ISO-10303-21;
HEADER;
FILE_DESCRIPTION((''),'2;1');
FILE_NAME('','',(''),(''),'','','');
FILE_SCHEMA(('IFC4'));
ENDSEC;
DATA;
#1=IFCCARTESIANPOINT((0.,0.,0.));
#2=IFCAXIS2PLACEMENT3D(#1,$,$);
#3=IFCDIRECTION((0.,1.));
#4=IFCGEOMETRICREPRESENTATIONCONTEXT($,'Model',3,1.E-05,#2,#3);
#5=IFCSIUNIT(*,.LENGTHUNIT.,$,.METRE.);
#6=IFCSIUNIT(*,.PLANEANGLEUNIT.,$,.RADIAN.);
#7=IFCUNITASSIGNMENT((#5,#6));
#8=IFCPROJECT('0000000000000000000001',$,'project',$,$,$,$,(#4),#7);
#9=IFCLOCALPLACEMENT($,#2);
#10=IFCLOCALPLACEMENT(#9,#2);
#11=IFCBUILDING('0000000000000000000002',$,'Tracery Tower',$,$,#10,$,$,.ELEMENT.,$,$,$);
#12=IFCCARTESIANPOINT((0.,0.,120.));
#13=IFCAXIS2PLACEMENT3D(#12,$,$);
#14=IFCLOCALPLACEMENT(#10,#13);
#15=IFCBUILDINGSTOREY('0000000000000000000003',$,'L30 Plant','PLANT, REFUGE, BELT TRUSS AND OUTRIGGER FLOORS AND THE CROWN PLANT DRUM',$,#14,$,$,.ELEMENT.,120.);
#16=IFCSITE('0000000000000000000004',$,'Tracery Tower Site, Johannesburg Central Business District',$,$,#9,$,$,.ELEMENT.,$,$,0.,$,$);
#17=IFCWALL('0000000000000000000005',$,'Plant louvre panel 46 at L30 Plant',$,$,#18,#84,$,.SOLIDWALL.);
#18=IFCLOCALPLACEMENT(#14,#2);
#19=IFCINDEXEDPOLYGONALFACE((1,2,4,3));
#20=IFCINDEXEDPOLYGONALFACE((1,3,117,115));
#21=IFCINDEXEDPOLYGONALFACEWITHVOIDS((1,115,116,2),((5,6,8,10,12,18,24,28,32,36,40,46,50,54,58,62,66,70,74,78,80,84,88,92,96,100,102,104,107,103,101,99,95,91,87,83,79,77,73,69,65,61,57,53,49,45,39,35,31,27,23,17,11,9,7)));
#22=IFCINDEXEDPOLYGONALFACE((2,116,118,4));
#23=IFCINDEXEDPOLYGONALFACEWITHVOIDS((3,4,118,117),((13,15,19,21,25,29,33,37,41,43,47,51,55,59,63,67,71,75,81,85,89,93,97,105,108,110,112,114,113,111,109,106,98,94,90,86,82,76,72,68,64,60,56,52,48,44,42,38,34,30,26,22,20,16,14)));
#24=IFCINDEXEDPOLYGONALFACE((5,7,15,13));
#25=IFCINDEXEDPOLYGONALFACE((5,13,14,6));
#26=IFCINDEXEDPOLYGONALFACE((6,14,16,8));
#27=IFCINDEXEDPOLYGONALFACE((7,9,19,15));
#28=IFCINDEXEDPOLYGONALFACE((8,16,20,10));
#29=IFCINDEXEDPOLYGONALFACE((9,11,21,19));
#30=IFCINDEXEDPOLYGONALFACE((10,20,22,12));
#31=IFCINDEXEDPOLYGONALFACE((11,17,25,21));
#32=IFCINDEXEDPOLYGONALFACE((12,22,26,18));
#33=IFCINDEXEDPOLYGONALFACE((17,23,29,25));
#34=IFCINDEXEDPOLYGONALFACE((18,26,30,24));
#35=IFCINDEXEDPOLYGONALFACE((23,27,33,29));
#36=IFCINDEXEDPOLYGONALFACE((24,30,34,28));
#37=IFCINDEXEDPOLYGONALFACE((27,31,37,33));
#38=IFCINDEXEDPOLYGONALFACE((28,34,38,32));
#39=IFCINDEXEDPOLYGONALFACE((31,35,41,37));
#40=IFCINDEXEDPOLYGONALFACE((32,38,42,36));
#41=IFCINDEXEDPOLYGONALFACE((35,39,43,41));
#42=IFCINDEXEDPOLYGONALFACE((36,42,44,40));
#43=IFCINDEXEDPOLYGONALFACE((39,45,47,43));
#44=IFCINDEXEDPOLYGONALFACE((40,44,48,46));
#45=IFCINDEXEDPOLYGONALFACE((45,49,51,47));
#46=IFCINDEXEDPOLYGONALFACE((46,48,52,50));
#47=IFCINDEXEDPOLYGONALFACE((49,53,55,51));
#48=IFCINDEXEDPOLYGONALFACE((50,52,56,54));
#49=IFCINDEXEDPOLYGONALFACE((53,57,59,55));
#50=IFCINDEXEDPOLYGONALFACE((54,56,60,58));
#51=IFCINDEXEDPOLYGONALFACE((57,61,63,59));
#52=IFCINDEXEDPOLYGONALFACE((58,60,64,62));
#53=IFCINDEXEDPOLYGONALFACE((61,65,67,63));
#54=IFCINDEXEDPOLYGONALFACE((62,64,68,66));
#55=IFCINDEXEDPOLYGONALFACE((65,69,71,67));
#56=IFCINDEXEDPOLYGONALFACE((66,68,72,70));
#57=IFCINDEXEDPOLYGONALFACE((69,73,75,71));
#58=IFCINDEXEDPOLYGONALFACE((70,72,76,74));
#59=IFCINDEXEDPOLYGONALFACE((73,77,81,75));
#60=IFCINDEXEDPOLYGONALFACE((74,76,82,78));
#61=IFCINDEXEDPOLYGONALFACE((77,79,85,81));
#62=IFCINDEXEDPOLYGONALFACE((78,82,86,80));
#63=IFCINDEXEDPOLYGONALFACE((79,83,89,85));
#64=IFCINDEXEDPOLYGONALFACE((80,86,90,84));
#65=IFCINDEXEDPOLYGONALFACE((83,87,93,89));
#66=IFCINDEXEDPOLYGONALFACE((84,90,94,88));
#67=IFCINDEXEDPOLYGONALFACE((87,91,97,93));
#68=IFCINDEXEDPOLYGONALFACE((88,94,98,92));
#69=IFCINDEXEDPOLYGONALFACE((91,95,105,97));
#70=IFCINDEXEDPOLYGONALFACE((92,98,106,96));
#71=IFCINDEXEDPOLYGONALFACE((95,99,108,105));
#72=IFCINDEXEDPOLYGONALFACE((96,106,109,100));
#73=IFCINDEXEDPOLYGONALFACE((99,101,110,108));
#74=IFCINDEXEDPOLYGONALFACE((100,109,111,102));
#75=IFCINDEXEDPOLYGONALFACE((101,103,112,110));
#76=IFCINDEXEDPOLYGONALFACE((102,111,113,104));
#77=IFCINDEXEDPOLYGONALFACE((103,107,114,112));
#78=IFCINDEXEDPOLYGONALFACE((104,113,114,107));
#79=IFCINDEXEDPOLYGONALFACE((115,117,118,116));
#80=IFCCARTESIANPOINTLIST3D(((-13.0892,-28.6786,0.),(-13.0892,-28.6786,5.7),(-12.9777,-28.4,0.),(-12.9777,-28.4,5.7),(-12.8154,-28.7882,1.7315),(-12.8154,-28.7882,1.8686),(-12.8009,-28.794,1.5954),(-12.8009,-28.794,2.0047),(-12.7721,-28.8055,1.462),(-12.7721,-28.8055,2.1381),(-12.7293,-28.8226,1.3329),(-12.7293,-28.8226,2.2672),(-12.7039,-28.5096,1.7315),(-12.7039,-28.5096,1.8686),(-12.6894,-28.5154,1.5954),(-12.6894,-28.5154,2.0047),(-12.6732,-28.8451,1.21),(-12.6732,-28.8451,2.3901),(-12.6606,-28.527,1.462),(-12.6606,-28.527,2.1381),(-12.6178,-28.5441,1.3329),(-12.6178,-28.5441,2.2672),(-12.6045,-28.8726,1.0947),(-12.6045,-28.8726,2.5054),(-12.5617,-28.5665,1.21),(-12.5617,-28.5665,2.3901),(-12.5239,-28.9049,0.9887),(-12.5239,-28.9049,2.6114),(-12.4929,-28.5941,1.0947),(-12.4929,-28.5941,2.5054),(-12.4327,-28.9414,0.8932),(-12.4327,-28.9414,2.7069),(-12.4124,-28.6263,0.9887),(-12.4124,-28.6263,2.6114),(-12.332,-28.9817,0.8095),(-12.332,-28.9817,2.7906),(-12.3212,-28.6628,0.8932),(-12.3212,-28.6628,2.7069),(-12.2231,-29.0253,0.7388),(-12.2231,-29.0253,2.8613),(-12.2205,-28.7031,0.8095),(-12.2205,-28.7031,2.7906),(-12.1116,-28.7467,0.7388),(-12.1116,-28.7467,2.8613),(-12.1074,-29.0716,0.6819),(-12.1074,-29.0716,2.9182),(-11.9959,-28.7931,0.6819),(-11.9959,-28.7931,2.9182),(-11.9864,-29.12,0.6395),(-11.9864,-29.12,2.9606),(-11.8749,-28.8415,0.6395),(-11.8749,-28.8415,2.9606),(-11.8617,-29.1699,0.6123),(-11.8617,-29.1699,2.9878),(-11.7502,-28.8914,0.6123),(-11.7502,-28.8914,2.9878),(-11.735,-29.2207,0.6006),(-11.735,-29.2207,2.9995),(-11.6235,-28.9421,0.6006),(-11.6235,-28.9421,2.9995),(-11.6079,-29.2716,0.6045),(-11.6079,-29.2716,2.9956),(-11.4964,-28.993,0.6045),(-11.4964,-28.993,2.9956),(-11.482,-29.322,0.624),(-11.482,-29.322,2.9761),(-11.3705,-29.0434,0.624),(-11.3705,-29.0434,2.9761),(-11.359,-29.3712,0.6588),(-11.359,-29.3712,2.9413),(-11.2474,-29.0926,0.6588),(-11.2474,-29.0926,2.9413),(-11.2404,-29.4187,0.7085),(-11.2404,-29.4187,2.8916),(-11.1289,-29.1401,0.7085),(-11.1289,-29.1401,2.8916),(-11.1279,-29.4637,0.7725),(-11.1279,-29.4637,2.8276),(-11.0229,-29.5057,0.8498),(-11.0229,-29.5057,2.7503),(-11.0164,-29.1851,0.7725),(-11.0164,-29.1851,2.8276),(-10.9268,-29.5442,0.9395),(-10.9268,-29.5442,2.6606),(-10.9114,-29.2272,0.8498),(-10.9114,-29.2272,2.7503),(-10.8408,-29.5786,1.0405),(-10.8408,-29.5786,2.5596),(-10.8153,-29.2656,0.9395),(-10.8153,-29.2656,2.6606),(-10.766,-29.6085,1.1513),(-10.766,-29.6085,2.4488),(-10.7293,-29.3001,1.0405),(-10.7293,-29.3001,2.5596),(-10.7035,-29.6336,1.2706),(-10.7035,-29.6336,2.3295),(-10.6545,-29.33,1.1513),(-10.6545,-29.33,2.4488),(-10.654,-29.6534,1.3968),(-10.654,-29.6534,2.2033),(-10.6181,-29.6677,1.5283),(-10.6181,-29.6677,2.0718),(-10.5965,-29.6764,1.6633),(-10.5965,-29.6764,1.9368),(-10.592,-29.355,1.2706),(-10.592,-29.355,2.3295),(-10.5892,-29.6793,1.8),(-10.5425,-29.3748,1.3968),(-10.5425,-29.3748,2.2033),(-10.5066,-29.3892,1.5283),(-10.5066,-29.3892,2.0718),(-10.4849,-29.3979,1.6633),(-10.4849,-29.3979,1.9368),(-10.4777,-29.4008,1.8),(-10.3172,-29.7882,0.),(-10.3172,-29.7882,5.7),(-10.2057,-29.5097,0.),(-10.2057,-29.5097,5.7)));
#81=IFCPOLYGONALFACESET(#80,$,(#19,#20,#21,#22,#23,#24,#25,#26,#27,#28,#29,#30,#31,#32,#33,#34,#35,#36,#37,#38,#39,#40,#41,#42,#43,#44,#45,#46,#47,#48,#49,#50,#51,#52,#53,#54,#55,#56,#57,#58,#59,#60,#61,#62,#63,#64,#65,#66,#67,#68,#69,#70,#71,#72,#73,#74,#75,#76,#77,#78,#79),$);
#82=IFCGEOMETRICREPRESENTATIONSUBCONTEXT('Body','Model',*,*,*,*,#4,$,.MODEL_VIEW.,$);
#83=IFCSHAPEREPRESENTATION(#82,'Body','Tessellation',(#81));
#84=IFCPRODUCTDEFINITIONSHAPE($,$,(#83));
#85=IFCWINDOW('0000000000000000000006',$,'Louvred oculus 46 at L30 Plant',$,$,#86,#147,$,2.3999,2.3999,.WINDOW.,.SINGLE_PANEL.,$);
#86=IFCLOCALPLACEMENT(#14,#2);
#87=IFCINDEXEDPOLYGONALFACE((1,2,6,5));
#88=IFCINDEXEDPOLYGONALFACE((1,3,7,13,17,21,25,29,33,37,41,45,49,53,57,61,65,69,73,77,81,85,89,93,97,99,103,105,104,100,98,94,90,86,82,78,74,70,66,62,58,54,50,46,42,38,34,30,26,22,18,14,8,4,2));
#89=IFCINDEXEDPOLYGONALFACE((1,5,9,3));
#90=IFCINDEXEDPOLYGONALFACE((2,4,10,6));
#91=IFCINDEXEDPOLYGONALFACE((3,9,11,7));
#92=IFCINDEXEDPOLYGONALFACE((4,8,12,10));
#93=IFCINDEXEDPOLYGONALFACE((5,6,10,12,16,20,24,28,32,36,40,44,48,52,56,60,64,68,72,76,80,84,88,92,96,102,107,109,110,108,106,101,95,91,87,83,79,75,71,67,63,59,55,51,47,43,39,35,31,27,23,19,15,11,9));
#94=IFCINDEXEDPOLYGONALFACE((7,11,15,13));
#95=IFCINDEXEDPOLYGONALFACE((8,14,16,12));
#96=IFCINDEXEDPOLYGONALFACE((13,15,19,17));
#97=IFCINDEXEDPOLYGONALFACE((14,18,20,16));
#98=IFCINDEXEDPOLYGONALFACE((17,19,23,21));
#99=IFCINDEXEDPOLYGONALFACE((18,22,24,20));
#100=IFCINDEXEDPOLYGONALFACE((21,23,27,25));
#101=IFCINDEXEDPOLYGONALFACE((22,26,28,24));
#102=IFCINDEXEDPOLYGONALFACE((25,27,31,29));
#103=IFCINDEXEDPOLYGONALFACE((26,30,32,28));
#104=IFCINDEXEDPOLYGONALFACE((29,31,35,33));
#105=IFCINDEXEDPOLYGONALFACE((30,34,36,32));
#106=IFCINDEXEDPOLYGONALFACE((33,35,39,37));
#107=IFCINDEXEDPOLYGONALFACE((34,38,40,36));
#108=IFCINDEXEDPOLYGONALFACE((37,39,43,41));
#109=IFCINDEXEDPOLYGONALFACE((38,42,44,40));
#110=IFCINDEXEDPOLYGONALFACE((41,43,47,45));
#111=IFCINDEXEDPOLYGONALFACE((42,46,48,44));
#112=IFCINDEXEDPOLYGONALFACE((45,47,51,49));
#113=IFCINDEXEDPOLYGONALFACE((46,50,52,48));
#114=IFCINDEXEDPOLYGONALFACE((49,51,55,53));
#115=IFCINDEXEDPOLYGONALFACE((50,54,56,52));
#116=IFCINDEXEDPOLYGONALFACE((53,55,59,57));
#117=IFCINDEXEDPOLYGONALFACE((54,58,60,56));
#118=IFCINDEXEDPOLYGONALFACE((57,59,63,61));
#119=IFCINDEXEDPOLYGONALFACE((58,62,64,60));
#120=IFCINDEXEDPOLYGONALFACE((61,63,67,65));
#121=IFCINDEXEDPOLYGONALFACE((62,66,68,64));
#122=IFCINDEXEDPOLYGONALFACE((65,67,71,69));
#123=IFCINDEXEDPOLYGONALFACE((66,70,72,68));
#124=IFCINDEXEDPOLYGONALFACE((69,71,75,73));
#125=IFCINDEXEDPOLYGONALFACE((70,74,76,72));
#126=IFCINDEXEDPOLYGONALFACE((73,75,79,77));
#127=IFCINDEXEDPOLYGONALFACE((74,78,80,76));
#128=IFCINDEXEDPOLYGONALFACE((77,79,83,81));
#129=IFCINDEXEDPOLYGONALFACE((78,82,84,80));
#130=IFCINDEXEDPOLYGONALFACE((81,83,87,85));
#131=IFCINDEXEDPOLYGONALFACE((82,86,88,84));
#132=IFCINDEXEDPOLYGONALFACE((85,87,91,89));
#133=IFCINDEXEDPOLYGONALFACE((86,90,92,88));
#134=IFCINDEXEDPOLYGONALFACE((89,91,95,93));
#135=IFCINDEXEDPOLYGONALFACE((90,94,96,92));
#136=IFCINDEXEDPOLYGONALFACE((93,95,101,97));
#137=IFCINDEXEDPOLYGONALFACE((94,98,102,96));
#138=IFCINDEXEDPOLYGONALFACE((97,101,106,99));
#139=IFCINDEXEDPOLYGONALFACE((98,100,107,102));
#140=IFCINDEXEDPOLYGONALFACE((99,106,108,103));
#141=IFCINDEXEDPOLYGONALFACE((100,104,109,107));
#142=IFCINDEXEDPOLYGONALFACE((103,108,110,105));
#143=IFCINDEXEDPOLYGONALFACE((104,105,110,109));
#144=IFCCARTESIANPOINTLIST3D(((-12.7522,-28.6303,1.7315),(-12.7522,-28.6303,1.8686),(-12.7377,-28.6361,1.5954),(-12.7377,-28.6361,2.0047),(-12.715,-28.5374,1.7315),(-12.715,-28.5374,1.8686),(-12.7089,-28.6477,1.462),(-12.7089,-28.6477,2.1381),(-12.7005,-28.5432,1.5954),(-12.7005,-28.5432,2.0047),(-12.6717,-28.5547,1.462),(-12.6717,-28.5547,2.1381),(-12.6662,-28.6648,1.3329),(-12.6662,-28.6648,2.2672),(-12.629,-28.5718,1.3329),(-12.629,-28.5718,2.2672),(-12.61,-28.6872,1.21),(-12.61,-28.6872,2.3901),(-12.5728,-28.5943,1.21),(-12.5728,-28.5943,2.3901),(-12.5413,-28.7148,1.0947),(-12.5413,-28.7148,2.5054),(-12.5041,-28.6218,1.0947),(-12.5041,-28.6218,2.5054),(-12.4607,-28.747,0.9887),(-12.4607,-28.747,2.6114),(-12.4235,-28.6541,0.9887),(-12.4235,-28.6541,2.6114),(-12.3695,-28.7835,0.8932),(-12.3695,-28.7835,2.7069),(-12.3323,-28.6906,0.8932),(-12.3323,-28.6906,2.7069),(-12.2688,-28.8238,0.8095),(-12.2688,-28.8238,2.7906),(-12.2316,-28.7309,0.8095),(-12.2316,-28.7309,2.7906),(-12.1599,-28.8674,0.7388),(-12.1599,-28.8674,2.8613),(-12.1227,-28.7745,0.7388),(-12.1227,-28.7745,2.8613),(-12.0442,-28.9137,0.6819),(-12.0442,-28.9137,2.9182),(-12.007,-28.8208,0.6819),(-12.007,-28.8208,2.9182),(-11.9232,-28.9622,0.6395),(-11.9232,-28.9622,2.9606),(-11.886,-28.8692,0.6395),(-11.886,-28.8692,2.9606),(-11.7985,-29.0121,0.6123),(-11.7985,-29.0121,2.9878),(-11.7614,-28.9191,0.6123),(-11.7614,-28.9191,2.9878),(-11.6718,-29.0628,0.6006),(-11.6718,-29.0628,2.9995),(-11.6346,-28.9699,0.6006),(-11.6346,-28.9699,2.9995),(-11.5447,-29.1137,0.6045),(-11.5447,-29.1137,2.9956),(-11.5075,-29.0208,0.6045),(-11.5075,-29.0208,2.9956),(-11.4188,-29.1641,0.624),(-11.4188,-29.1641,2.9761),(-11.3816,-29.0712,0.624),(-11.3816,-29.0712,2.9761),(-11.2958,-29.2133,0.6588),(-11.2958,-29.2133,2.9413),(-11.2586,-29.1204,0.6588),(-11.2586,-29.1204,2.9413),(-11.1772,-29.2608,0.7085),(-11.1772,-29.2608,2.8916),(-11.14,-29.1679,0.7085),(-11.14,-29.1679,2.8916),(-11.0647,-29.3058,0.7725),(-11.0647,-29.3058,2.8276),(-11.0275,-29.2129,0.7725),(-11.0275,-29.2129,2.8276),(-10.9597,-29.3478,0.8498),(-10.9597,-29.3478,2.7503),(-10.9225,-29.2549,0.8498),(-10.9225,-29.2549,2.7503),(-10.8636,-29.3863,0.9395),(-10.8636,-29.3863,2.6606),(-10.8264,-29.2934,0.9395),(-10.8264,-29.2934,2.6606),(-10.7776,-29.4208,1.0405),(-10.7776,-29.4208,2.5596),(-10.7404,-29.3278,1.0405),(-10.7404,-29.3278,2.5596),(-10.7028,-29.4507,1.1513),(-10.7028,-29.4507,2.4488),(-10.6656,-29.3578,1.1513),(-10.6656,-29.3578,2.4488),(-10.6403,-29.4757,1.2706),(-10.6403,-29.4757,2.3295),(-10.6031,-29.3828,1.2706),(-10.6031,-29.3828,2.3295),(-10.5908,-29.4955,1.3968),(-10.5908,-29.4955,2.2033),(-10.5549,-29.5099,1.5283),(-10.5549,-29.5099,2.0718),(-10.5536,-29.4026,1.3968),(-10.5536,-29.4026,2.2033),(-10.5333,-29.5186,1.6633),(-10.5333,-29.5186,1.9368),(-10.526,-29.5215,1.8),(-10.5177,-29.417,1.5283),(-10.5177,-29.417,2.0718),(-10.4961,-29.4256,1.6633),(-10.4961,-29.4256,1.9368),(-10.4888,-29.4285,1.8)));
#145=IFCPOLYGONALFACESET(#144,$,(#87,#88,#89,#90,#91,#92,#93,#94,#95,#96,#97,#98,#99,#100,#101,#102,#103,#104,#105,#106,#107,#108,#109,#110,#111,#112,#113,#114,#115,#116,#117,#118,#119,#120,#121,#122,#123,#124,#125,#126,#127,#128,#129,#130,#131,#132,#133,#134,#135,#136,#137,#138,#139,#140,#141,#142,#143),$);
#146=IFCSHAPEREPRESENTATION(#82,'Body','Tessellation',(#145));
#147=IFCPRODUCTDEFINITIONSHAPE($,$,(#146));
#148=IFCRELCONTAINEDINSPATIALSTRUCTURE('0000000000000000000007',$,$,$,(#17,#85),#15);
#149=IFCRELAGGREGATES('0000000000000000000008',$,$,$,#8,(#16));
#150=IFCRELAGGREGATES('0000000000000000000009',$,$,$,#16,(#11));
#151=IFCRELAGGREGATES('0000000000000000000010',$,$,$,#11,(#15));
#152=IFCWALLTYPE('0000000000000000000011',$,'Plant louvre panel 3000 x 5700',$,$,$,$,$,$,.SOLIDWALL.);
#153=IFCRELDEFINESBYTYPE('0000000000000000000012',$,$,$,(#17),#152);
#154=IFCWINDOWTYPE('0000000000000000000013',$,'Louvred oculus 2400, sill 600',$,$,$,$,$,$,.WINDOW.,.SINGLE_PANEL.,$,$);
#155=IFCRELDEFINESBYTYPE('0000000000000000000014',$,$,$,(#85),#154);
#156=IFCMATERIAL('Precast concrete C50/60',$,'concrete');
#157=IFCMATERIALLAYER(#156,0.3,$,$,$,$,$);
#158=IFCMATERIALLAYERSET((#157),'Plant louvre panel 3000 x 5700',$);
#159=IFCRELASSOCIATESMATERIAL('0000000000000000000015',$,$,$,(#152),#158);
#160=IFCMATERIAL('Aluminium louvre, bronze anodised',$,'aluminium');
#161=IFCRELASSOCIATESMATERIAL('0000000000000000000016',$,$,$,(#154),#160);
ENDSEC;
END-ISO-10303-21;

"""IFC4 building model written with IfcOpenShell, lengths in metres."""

from ifc_helpers import new_model, si_unit, direction, frame, frame_2d, origin, origin_2d, place, context, subcontext, project, spatial, rectangle, circle, extrude, material, layer, layer_set, type_object, element, fill, save


model = new_model("IFC4")

# Units and contexts
model_context = context("Model", 3, precision=1e-05, world=origin(), true_north=direction((0.0, 1.0)))
body_context = subcontext(model_context, "Body", "Model", "MODEL_VIEW")
ifc_project = project(units=[si_unit("LENGTHUNIT", "METRE"), si_unit("PLANEANGLEUNIT", "RADIAN")], contexts=[model_context])

# Site, building, storey
site_placement = place(None, origin())
site = spatial("IfcSite", under=ifc_project, at=site_placement, Name="Tracery Tower Site, Johannesburg Central Business District", CompositionType="ELEMENT", RefElevation=0.0)
building_placement = place(site_placement, origin())
building = spatial("IfcBuilding", under=site, at=building_placement, Name="Tracery Tower", CompositionType="ELEMENT")
storey_placement = place(building_placement, frame((0.0, 0.0, 120.0)))
storey = spatial("IfcBuildingStorey", under=building, at=storey_placement, Name="L30 Plant", Description="PLANT, REFUGE, BELT TRUSS AND OUTRIGGER FLOORS AND THE CROWN PLANT DRUM", CompositionType="ELEMENT", Elevation=120.0)

# Wall, opening, window
ifc_material_1 = material(Name="Precast concrete C50/60", Category="concrete")
ifc_layer_1 = layer(ifc_material_1, 0.3)
ifc_layer_set_1 = layer_set([ifc_layer_1], Name="Plant louvre panel 3000 x 5700")
wall_type_1 = type_object("IfcWallType", Name="Plant louvre panel 3000 x 5700", PredefinedType="SOLIDWALL", material=ifc_layer_set_1)
wall_1_placement = place(storey_placement, frame((-13.0334, -28.5393, 0.0), z_axis=(0.0, 0.0, 1.0), x_axis=(0.928381, -0.37163, 0.0)))
wall_1 = element("IfcWall", 1, at=wall_1_placement, inside=storey, type_object=wall_type_1, Name="Plant louvre panel 46 at L30 Plant", PredefinedType="SOLIDWALL", context=body_context, shape_type="SweptSolid", body=[
    extrude(rectangle(XDim=2.9858, YDim=0.3, at=frame_2d((1.4929, 0.0))), origin(), (0.0, 0.0, 1.0), 5.7),
])
opening_1_placement = place(wall_1_placement, frame((1.4929, 0.0, 1.8)))
opening_1 = element("IfcOpeningElement", 2, at=opening_1_placement, cuts=wall_1, PredefinedType="OPENING", context=body_context, shape_type="SweptSolid", body=[
    extrude(circle(Radius=1.2, at=origin_2d()), frame((0.0, 0.1599, 0.0), z_axis=(0.0, -1.0, 0.0), x_axis=(1.0, 0.0, 0.0)), (0.0, 0.0, 1.0), 0.3201),
])
ifc_material_2 = material(Name="Aluminium louvre, bronze anodised", Category="aluminium")
window_type = type_object("IfcWindowType", Name="Louvred oculus 2400, sill 600", PartitioningType="SINGLE_PANEL", PredefinedType="WINDOW", material=ifc_material_2)
window_1_placement = place(opening_1_placement, origin())
window_1 = element("IfcWindow", 3, at=window_1_placement, inside=storey, type_object=window_type, Name="Louvred oculus 46 at L30 Plant", OverallHeight=2.3999, OverallWidth=2.3999, PartitioningType="SINGLE_PANEL", PredefinedType="WINDOW", context=body_context, shape_type="SweptSolid", body=[
    extrude(circle(Radius=1.2, at=origin_2d()), frame((0.0, 0.1201, 0.0), z_axis=(0.0, -1.0, 0.0), x_axis=(1.0, 0.0, 0.0)), (0.0, 0.0, 1.0), 0.1001),
])
fill(opening_1, window_1)

save(model, "model.ifc")
